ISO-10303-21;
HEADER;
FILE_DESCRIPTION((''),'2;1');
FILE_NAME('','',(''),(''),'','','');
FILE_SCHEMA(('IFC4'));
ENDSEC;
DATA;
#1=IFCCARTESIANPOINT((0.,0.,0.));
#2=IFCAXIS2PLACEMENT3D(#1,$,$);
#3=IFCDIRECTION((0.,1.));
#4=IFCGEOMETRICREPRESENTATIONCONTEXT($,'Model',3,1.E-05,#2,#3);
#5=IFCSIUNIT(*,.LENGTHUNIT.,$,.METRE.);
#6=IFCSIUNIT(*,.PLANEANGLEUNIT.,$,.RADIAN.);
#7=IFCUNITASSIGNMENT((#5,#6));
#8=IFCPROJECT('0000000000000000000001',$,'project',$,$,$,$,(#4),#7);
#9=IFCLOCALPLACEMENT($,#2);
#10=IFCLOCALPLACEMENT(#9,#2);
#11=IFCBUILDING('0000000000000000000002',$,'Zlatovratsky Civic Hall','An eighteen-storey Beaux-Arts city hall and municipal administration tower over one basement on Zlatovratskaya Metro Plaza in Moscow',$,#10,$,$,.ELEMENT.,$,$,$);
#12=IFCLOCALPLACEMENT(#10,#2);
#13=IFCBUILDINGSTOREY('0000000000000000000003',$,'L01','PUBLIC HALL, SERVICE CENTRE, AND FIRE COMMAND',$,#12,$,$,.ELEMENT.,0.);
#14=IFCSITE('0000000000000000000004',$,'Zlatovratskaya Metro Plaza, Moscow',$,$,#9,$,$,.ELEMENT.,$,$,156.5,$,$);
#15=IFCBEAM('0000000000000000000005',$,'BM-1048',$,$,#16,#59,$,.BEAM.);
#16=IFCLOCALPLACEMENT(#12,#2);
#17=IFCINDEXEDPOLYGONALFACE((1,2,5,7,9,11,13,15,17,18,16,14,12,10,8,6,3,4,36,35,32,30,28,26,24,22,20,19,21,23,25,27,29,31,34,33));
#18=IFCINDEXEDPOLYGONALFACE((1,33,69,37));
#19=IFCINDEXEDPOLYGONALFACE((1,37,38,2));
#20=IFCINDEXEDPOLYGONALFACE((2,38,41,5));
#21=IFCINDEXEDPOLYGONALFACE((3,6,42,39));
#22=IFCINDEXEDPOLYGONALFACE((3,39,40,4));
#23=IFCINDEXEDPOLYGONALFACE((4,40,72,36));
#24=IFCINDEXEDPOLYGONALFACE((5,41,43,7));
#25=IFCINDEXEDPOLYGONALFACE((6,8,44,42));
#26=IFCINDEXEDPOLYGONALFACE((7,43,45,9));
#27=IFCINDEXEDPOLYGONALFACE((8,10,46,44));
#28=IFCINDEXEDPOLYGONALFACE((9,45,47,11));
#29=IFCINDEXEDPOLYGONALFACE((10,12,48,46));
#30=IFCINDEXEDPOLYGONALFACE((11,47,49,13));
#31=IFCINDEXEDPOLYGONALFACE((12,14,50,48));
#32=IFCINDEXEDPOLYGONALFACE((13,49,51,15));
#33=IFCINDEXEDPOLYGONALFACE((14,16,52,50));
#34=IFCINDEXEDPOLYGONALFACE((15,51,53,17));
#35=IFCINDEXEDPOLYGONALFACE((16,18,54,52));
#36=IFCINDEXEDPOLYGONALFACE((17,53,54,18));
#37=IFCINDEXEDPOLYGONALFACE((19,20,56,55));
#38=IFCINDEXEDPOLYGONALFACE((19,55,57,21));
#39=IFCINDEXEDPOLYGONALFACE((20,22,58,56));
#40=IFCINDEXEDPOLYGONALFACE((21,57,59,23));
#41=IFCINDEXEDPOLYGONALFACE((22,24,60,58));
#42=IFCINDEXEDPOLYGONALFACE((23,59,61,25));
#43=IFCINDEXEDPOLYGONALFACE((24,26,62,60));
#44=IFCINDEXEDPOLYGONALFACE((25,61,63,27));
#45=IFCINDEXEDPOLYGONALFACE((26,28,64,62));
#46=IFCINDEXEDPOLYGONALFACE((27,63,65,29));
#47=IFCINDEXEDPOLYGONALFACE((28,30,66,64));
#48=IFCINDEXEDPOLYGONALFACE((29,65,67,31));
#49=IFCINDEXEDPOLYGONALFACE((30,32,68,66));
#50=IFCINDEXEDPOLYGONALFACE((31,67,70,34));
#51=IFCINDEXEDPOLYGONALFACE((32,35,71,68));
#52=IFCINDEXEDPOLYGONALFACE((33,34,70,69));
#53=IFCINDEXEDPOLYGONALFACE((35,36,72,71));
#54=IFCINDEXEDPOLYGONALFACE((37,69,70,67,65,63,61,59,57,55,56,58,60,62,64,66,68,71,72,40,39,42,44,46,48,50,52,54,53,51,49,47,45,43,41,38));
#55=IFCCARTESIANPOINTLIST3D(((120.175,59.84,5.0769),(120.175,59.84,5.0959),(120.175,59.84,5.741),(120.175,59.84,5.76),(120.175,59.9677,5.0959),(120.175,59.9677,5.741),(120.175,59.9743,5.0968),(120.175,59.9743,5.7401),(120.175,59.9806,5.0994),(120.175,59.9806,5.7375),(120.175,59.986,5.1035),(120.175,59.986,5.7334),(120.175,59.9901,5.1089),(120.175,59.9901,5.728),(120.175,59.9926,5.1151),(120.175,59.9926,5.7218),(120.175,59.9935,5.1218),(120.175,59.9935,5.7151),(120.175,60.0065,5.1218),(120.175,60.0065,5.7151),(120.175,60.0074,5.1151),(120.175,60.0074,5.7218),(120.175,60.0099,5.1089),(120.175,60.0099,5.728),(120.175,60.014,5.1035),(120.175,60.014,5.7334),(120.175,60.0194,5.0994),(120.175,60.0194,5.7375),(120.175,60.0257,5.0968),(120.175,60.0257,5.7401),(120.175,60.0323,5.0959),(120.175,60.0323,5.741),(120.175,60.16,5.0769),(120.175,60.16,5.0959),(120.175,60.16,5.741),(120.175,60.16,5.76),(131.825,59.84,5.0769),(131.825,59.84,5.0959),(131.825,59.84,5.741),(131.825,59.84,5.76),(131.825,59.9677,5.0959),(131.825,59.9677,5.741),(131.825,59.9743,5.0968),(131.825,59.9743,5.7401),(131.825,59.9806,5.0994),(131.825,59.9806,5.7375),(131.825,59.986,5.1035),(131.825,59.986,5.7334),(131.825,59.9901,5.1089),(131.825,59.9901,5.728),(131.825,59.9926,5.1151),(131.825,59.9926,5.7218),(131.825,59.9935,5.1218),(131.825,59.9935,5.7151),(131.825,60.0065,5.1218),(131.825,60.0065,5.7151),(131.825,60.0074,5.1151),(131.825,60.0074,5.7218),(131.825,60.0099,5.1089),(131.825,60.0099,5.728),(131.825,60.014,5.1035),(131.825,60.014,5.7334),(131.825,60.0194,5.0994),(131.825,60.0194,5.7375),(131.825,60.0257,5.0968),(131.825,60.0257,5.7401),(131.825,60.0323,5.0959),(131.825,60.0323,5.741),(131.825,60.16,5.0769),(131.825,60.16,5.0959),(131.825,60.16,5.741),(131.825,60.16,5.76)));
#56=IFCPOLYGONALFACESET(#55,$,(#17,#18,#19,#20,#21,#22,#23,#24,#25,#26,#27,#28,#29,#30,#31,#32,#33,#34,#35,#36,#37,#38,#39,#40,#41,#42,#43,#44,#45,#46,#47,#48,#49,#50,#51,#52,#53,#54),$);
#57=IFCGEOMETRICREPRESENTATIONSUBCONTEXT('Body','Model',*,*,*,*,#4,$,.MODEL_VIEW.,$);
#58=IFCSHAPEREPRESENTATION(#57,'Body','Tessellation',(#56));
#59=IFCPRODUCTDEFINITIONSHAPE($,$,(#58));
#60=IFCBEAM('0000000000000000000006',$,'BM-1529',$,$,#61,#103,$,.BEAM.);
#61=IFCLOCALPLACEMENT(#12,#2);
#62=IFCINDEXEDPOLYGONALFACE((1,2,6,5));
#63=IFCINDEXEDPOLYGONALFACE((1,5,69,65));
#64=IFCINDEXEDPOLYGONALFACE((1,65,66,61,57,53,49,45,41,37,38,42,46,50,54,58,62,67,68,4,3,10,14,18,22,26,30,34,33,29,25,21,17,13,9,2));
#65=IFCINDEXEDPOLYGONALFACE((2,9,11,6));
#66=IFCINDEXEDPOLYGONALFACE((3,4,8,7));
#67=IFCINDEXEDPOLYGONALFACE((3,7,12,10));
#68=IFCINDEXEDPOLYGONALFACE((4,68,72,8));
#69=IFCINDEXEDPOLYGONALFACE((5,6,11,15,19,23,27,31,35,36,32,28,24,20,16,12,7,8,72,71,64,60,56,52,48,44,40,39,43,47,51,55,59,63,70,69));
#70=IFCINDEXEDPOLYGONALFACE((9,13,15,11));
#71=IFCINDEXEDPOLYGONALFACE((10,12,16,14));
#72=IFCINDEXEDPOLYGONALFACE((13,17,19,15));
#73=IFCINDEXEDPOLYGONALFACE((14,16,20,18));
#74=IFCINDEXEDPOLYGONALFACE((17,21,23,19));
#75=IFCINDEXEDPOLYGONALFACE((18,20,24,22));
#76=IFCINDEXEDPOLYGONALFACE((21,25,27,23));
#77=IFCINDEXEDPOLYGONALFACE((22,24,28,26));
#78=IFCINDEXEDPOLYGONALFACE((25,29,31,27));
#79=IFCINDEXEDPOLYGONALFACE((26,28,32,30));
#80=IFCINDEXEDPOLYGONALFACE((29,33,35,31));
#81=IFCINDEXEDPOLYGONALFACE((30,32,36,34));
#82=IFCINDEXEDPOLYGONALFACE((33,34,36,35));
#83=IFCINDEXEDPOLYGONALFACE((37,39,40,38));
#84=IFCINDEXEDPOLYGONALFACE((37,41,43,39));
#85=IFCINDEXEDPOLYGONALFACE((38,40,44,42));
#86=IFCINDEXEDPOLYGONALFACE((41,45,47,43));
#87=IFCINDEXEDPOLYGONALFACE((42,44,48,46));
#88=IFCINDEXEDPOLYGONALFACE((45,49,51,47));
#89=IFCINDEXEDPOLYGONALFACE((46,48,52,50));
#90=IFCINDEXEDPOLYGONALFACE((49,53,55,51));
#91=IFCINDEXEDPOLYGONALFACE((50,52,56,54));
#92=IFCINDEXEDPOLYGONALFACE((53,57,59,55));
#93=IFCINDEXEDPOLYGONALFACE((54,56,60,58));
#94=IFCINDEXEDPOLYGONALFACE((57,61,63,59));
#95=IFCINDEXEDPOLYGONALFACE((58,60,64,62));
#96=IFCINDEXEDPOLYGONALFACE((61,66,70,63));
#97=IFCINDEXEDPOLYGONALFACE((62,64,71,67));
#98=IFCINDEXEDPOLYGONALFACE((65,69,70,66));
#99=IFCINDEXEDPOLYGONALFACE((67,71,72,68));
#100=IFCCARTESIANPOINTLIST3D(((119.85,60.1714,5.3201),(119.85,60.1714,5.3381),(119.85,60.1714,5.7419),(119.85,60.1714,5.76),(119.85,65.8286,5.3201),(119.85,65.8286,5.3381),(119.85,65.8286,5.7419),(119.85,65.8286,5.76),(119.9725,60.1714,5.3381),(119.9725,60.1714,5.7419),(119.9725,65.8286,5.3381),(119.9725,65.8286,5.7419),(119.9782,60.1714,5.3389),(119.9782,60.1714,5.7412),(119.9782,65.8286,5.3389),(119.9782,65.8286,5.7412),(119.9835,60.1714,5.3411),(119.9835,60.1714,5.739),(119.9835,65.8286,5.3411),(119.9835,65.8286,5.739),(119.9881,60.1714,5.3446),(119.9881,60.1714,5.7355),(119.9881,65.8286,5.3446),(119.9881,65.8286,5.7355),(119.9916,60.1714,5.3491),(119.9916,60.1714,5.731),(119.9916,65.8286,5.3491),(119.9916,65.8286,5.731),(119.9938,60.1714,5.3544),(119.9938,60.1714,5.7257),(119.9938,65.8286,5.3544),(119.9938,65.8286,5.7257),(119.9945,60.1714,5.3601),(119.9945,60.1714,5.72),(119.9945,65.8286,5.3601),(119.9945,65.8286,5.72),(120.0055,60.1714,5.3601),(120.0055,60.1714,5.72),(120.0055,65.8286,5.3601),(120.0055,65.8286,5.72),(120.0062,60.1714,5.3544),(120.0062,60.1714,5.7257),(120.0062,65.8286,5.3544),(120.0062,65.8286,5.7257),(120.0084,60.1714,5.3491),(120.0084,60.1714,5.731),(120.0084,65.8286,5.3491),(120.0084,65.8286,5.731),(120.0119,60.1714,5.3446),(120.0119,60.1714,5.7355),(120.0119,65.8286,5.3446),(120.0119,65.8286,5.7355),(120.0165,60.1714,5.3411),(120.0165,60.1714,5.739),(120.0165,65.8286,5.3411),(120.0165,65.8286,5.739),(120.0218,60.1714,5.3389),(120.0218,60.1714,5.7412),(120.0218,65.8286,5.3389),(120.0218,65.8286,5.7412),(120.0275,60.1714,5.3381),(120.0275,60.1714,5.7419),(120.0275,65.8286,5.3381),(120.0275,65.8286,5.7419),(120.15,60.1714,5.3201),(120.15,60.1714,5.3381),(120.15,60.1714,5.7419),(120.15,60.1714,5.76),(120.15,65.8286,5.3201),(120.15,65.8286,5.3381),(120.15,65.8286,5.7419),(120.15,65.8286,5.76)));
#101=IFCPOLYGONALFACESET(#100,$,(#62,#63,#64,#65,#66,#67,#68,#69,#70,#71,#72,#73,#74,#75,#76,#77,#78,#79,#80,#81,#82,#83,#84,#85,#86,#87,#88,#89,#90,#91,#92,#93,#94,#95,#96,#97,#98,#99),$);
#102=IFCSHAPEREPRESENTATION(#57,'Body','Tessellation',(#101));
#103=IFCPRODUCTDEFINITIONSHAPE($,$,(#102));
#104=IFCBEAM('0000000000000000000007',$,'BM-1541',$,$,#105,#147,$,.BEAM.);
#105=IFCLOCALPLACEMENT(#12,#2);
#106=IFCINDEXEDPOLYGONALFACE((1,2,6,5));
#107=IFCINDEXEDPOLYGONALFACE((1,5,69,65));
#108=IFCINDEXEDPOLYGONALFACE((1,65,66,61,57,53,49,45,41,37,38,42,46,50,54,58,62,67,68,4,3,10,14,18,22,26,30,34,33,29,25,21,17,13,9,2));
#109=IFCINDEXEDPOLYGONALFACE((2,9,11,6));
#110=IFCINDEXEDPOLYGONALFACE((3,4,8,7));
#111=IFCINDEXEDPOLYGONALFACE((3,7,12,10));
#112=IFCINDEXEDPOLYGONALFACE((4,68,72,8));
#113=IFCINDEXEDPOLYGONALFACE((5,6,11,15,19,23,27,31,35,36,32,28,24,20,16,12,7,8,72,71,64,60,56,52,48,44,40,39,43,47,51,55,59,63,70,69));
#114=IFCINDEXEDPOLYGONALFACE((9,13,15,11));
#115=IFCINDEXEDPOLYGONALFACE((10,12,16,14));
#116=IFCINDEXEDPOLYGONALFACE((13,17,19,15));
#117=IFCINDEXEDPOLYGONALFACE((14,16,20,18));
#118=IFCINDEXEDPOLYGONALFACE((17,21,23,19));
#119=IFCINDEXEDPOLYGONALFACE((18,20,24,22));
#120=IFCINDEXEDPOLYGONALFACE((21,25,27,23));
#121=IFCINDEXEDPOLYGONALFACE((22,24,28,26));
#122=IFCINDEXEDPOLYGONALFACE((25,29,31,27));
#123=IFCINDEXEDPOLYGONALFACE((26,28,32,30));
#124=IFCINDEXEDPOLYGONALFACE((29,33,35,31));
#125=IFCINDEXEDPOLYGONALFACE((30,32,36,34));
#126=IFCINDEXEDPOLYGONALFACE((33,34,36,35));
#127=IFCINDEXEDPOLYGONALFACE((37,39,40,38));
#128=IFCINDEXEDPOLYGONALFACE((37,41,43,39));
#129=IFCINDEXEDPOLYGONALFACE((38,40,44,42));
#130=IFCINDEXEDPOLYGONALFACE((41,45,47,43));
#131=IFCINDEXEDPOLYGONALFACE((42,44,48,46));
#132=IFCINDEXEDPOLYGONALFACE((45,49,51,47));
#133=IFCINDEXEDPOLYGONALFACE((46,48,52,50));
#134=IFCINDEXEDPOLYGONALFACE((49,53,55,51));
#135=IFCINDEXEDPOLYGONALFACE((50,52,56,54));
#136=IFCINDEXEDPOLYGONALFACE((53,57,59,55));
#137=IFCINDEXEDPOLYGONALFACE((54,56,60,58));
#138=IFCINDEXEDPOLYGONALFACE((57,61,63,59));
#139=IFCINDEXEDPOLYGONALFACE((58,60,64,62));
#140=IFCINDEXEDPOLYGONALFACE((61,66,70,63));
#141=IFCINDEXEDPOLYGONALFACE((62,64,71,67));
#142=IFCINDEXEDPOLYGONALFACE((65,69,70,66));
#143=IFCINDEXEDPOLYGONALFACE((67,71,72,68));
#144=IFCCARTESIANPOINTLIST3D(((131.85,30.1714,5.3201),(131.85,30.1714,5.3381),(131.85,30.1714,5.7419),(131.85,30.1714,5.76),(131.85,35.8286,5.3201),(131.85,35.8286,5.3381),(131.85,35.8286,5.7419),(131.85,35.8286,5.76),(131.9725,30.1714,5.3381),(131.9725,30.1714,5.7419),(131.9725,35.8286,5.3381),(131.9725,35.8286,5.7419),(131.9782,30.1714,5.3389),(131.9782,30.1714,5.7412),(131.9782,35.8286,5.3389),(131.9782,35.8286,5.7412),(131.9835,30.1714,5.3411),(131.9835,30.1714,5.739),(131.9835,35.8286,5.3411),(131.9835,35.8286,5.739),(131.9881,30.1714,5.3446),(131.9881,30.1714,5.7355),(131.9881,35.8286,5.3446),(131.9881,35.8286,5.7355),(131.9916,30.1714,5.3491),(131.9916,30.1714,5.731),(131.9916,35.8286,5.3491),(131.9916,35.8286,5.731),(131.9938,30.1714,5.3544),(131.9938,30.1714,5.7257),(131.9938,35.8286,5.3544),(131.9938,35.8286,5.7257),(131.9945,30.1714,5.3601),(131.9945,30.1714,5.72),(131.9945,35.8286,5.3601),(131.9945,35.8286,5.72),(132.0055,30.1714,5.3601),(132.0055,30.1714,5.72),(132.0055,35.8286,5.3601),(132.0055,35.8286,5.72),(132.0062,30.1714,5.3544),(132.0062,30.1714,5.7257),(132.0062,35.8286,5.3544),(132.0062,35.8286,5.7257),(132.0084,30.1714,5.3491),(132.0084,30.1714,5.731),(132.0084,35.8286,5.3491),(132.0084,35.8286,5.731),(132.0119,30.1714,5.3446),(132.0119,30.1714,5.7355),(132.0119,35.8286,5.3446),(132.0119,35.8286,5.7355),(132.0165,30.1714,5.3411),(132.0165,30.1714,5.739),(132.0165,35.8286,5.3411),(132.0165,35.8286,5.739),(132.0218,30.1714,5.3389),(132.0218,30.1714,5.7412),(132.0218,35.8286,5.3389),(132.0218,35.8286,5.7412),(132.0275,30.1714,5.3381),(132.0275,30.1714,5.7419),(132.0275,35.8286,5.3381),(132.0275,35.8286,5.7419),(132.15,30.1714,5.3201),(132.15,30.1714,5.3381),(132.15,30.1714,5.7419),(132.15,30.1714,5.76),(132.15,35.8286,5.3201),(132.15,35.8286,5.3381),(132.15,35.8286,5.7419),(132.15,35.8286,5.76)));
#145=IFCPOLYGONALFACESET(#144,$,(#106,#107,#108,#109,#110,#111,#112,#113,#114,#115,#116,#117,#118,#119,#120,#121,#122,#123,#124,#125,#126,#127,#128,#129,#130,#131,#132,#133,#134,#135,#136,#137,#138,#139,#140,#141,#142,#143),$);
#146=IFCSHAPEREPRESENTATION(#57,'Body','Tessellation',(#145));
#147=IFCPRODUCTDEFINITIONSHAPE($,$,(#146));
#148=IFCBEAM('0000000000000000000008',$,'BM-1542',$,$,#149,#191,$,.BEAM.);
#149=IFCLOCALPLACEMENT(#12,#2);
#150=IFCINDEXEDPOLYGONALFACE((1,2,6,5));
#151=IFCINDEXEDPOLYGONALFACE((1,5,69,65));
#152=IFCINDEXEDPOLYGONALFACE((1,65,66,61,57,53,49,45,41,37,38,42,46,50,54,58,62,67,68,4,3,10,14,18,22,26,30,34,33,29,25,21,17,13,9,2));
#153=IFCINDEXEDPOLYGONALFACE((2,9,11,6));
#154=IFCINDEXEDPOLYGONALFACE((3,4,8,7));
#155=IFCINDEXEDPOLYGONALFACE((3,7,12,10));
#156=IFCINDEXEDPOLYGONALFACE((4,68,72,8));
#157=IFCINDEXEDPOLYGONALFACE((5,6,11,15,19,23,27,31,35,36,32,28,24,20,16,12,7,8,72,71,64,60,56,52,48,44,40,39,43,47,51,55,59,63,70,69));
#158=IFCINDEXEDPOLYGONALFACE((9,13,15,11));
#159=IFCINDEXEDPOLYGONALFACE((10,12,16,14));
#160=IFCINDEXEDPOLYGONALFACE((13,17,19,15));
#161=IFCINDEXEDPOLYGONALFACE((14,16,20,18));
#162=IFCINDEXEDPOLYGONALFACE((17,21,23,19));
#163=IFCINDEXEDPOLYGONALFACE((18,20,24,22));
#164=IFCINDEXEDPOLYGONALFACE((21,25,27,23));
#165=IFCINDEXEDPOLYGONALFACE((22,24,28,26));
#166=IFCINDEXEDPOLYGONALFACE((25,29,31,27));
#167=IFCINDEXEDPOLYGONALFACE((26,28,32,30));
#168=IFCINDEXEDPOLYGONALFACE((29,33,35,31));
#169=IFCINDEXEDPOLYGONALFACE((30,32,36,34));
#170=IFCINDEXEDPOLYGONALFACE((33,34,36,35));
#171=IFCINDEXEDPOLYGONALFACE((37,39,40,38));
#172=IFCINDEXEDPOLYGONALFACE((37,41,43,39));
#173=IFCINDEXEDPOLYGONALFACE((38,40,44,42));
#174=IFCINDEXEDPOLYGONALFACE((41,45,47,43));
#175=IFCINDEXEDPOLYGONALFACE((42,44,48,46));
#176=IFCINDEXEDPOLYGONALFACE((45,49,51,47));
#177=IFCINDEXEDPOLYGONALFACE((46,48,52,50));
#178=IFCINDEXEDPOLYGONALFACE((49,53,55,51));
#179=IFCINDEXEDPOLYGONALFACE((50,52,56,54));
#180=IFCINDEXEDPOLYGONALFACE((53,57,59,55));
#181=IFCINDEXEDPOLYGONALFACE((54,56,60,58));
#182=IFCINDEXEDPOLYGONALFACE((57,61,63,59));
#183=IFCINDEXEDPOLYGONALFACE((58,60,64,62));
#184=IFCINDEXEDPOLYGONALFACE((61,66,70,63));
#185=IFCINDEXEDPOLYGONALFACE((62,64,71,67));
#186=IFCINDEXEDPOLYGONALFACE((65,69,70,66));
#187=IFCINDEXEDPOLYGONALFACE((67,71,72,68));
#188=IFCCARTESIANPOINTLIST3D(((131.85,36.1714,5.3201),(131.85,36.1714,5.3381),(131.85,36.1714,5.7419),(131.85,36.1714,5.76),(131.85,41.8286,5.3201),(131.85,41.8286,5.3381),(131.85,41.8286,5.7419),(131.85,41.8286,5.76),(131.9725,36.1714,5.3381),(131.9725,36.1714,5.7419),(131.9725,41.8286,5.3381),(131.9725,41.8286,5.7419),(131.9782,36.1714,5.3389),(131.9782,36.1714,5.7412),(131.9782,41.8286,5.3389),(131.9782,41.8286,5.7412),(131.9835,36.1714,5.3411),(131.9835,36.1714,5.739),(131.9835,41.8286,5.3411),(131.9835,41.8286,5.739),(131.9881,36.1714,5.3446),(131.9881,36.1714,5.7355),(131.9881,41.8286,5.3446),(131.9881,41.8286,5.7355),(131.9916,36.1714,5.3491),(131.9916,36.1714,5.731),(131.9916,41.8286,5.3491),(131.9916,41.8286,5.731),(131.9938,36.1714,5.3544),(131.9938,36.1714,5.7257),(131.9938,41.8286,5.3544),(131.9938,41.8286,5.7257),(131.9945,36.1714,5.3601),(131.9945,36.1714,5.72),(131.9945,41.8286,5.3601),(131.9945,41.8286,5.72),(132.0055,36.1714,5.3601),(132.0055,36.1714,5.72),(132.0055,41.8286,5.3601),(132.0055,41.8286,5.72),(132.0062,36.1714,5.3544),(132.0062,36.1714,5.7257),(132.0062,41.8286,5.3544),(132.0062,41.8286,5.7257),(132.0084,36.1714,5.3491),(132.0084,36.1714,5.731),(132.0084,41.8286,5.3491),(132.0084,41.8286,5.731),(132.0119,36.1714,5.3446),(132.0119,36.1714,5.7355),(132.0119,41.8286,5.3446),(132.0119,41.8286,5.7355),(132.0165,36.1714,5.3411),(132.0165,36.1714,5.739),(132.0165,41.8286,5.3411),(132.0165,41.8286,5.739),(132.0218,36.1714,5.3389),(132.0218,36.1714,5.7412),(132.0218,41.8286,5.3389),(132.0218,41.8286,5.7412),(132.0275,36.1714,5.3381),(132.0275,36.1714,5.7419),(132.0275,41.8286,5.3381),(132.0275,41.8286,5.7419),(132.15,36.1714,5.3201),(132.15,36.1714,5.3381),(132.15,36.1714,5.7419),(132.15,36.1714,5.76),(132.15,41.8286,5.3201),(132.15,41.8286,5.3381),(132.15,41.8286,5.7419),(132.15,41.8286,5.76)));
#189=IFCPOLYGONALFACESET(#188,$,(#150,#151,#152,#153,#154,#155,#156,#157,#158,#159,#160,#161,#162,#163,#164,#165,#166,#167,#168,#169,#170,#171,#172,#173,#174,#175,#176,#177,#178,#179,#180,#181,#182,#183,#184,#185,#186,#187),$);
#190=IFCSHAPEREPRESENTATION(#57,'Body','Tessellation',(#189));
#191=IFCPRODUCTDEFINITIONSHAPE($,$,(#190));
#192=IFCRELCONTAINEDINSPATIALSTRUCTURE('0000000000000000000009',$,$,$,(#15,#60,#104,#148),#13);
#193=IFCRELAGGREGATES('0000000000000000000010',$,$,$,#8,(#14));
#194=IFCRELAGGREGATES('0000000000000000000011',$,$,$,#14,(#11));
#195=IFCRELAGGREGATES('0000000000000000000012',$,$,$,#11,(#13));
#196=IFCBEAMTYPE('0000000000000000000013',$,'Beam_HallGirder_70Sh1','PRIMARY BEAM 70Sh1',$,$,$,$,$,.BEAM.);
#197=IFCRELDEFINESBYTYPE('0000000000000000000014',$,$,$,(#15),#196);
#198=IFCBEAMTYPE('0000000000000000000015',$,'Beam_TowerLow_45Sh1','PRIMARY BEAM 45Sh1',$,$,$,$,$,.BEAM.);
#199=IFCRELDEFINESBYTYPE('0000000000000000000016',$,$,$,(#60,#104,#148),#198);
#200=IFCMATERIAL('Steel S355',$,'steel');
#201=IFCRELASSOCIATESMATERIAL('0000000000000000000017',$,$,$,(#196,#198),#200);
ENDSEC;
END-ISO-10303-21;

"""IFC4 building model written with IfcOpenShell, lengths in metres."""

from ifc_helpers import new_model, si_unit, direction, frame, origin, origin_2d, place, context, subcontext, project, spatial, i_section, extrude, material, material_profile, profile_set, type_object, element, save


model = new_model("IFC4")

# Units and contexts
model_context = context("Model", 3, precision=1e-05, world=origin(), true_north=direction((0.0, 1.0)))
body_context = subcontext(model_context, "Body", "Model", "MODEL_VIEW")
ifc_project = project(units=[si_unit("LENGTHUNIT", "METRE"), si_unit("PLANEANGLEUNIT", "RADIAN")], contexts=[model_context])

# Site, building, storey
site_placement = place(None, origin())
site = spatial("IfcSite", under=ifc_project, at=site_placement, Name="Zlatovratskaya Metro Plaza, Moscow", CompositionType="ELEMENT", RefElevation=156.5)
building_placement = place(site_placement, origin())
building = spatial("IfcBuilding", under=site, at=building_placement, Name="Zlatovratsky Civic Hall", Description="An eighteen-storey Beaux-Arts city hall and municipal administration tower over one basement on Zlatovratskaya Metro Plaza in Moscow", CompositionType="ELEMENT")
storey_placement = place(building_placement, origin())
storey = spatial("IfcBuildingStorey", under=building, at=storey_placement, Name="L01", Description="PUBLIC HALL, SERVICE CENTRE, AND FIRE COMMAND", CompositionType="ELEMENT", Elevation=0.0)

# Shared definitions
ifc_material = material(Name="Steel S355", Category="steel")

# Beams
ifc_material_profile_1 = material_profile(ifc_material, i_section(OverallWidth=0.3201, OverallDepth=0.6831, WebThickness=0.0129, FlangeThickness=0.019, FilletRadius=0.0259, at=origin_2d()), Name="70Sh1")
ifc_profile_set_1 = profile_set([ifc_material_profile_1], Name="Steel S355")
beam_type_1 = type_object("IfcBeamType", Name="Beam_HallGirder_70Sh1", Description="PRIMARY BEAM 70Sh1", PredefinedType="BEAM", material=ifc_profile_set_1)
for number, where, z_axis, x_axis, name in (
    (1, (120.175, 60.0, 5.4185), (1.0, 0.0, 0.0), (0.0, 1.0, 0.0), "BM-1048"),
):
    element("IfcBeam", number, at=place(storey_placement, frame(where, z_axis=z_axis, x_axis=x_axis)), inside=storey, type_object=beam_type_1, Name=name, PredefinedType="BEAM", context=body_context, shape_type="SweptSolid", body=[
        extrude(i_section(OverallWidth=0.3201, OverallDepth=0.6831, WebThickness=0.0129, FlangeThickness=0.019, FilletRadius=0.0259, at=origin_2d()), origin(), (0.0, 0.0, 1.0), 11.6499),
    ])
ifc_material_profile_2 = material_profile(ifc_material, i_section(OverallWidth=0.3, OverallDepth=0.4399, WebThickness=0.011, FlangeThickness=0.0181, FilletRadius=0.022, at=origin_2d()), Name="45Sh1")
ifc_profile_set_2 = profile_set([ifc_material_profile_2], Name="Steel S355")
beam_type_2 = type_object("IfcBeamType", Name="Beam_TowerLow_45Sh1", Description="PRIMARY BEAM 45Sh1", PredefinedType="BEAM", material=ifc_profile_set_2)
for number, where, z_axis, x_axis, name in (
    (2, (120.0, 60.1714, 5.54), (0.0, 1.0, 0.0), (-1.0, 0.0, 0.0), "BM-1529"),
    (3, (132.0, 30.1714, 5.54), (0.0, 1.0, 0.0), (-1.0, 0.0, 0.0), "BM-1541"),
    (4, (132.0, 36.1714, 5.54), (0.0, 1.0, 0.0), (-1.0, 0.0, 0.0), "BM-1542"),
):
    element("IfcBeam", number, at=place(storey_placement, frame(where, z_axis=z_axis, x_axis=x_axis)), inside=storey, type_object=beam_type_2, Name=name, PredefinedType="BEAM", context=body_context, shape_type="SweptSolid", body=[
        extrude(i_section(OverallWidth=0.3, OverallDepth=0.4399, WebThickness=0.011, FlangeThickness=0.0181, FilletRadius=0.022, at=origin_2d()), origin(), (0.0, 0.0, 1.0), 5.6572),
    ])

save(model, "model.ifc")
